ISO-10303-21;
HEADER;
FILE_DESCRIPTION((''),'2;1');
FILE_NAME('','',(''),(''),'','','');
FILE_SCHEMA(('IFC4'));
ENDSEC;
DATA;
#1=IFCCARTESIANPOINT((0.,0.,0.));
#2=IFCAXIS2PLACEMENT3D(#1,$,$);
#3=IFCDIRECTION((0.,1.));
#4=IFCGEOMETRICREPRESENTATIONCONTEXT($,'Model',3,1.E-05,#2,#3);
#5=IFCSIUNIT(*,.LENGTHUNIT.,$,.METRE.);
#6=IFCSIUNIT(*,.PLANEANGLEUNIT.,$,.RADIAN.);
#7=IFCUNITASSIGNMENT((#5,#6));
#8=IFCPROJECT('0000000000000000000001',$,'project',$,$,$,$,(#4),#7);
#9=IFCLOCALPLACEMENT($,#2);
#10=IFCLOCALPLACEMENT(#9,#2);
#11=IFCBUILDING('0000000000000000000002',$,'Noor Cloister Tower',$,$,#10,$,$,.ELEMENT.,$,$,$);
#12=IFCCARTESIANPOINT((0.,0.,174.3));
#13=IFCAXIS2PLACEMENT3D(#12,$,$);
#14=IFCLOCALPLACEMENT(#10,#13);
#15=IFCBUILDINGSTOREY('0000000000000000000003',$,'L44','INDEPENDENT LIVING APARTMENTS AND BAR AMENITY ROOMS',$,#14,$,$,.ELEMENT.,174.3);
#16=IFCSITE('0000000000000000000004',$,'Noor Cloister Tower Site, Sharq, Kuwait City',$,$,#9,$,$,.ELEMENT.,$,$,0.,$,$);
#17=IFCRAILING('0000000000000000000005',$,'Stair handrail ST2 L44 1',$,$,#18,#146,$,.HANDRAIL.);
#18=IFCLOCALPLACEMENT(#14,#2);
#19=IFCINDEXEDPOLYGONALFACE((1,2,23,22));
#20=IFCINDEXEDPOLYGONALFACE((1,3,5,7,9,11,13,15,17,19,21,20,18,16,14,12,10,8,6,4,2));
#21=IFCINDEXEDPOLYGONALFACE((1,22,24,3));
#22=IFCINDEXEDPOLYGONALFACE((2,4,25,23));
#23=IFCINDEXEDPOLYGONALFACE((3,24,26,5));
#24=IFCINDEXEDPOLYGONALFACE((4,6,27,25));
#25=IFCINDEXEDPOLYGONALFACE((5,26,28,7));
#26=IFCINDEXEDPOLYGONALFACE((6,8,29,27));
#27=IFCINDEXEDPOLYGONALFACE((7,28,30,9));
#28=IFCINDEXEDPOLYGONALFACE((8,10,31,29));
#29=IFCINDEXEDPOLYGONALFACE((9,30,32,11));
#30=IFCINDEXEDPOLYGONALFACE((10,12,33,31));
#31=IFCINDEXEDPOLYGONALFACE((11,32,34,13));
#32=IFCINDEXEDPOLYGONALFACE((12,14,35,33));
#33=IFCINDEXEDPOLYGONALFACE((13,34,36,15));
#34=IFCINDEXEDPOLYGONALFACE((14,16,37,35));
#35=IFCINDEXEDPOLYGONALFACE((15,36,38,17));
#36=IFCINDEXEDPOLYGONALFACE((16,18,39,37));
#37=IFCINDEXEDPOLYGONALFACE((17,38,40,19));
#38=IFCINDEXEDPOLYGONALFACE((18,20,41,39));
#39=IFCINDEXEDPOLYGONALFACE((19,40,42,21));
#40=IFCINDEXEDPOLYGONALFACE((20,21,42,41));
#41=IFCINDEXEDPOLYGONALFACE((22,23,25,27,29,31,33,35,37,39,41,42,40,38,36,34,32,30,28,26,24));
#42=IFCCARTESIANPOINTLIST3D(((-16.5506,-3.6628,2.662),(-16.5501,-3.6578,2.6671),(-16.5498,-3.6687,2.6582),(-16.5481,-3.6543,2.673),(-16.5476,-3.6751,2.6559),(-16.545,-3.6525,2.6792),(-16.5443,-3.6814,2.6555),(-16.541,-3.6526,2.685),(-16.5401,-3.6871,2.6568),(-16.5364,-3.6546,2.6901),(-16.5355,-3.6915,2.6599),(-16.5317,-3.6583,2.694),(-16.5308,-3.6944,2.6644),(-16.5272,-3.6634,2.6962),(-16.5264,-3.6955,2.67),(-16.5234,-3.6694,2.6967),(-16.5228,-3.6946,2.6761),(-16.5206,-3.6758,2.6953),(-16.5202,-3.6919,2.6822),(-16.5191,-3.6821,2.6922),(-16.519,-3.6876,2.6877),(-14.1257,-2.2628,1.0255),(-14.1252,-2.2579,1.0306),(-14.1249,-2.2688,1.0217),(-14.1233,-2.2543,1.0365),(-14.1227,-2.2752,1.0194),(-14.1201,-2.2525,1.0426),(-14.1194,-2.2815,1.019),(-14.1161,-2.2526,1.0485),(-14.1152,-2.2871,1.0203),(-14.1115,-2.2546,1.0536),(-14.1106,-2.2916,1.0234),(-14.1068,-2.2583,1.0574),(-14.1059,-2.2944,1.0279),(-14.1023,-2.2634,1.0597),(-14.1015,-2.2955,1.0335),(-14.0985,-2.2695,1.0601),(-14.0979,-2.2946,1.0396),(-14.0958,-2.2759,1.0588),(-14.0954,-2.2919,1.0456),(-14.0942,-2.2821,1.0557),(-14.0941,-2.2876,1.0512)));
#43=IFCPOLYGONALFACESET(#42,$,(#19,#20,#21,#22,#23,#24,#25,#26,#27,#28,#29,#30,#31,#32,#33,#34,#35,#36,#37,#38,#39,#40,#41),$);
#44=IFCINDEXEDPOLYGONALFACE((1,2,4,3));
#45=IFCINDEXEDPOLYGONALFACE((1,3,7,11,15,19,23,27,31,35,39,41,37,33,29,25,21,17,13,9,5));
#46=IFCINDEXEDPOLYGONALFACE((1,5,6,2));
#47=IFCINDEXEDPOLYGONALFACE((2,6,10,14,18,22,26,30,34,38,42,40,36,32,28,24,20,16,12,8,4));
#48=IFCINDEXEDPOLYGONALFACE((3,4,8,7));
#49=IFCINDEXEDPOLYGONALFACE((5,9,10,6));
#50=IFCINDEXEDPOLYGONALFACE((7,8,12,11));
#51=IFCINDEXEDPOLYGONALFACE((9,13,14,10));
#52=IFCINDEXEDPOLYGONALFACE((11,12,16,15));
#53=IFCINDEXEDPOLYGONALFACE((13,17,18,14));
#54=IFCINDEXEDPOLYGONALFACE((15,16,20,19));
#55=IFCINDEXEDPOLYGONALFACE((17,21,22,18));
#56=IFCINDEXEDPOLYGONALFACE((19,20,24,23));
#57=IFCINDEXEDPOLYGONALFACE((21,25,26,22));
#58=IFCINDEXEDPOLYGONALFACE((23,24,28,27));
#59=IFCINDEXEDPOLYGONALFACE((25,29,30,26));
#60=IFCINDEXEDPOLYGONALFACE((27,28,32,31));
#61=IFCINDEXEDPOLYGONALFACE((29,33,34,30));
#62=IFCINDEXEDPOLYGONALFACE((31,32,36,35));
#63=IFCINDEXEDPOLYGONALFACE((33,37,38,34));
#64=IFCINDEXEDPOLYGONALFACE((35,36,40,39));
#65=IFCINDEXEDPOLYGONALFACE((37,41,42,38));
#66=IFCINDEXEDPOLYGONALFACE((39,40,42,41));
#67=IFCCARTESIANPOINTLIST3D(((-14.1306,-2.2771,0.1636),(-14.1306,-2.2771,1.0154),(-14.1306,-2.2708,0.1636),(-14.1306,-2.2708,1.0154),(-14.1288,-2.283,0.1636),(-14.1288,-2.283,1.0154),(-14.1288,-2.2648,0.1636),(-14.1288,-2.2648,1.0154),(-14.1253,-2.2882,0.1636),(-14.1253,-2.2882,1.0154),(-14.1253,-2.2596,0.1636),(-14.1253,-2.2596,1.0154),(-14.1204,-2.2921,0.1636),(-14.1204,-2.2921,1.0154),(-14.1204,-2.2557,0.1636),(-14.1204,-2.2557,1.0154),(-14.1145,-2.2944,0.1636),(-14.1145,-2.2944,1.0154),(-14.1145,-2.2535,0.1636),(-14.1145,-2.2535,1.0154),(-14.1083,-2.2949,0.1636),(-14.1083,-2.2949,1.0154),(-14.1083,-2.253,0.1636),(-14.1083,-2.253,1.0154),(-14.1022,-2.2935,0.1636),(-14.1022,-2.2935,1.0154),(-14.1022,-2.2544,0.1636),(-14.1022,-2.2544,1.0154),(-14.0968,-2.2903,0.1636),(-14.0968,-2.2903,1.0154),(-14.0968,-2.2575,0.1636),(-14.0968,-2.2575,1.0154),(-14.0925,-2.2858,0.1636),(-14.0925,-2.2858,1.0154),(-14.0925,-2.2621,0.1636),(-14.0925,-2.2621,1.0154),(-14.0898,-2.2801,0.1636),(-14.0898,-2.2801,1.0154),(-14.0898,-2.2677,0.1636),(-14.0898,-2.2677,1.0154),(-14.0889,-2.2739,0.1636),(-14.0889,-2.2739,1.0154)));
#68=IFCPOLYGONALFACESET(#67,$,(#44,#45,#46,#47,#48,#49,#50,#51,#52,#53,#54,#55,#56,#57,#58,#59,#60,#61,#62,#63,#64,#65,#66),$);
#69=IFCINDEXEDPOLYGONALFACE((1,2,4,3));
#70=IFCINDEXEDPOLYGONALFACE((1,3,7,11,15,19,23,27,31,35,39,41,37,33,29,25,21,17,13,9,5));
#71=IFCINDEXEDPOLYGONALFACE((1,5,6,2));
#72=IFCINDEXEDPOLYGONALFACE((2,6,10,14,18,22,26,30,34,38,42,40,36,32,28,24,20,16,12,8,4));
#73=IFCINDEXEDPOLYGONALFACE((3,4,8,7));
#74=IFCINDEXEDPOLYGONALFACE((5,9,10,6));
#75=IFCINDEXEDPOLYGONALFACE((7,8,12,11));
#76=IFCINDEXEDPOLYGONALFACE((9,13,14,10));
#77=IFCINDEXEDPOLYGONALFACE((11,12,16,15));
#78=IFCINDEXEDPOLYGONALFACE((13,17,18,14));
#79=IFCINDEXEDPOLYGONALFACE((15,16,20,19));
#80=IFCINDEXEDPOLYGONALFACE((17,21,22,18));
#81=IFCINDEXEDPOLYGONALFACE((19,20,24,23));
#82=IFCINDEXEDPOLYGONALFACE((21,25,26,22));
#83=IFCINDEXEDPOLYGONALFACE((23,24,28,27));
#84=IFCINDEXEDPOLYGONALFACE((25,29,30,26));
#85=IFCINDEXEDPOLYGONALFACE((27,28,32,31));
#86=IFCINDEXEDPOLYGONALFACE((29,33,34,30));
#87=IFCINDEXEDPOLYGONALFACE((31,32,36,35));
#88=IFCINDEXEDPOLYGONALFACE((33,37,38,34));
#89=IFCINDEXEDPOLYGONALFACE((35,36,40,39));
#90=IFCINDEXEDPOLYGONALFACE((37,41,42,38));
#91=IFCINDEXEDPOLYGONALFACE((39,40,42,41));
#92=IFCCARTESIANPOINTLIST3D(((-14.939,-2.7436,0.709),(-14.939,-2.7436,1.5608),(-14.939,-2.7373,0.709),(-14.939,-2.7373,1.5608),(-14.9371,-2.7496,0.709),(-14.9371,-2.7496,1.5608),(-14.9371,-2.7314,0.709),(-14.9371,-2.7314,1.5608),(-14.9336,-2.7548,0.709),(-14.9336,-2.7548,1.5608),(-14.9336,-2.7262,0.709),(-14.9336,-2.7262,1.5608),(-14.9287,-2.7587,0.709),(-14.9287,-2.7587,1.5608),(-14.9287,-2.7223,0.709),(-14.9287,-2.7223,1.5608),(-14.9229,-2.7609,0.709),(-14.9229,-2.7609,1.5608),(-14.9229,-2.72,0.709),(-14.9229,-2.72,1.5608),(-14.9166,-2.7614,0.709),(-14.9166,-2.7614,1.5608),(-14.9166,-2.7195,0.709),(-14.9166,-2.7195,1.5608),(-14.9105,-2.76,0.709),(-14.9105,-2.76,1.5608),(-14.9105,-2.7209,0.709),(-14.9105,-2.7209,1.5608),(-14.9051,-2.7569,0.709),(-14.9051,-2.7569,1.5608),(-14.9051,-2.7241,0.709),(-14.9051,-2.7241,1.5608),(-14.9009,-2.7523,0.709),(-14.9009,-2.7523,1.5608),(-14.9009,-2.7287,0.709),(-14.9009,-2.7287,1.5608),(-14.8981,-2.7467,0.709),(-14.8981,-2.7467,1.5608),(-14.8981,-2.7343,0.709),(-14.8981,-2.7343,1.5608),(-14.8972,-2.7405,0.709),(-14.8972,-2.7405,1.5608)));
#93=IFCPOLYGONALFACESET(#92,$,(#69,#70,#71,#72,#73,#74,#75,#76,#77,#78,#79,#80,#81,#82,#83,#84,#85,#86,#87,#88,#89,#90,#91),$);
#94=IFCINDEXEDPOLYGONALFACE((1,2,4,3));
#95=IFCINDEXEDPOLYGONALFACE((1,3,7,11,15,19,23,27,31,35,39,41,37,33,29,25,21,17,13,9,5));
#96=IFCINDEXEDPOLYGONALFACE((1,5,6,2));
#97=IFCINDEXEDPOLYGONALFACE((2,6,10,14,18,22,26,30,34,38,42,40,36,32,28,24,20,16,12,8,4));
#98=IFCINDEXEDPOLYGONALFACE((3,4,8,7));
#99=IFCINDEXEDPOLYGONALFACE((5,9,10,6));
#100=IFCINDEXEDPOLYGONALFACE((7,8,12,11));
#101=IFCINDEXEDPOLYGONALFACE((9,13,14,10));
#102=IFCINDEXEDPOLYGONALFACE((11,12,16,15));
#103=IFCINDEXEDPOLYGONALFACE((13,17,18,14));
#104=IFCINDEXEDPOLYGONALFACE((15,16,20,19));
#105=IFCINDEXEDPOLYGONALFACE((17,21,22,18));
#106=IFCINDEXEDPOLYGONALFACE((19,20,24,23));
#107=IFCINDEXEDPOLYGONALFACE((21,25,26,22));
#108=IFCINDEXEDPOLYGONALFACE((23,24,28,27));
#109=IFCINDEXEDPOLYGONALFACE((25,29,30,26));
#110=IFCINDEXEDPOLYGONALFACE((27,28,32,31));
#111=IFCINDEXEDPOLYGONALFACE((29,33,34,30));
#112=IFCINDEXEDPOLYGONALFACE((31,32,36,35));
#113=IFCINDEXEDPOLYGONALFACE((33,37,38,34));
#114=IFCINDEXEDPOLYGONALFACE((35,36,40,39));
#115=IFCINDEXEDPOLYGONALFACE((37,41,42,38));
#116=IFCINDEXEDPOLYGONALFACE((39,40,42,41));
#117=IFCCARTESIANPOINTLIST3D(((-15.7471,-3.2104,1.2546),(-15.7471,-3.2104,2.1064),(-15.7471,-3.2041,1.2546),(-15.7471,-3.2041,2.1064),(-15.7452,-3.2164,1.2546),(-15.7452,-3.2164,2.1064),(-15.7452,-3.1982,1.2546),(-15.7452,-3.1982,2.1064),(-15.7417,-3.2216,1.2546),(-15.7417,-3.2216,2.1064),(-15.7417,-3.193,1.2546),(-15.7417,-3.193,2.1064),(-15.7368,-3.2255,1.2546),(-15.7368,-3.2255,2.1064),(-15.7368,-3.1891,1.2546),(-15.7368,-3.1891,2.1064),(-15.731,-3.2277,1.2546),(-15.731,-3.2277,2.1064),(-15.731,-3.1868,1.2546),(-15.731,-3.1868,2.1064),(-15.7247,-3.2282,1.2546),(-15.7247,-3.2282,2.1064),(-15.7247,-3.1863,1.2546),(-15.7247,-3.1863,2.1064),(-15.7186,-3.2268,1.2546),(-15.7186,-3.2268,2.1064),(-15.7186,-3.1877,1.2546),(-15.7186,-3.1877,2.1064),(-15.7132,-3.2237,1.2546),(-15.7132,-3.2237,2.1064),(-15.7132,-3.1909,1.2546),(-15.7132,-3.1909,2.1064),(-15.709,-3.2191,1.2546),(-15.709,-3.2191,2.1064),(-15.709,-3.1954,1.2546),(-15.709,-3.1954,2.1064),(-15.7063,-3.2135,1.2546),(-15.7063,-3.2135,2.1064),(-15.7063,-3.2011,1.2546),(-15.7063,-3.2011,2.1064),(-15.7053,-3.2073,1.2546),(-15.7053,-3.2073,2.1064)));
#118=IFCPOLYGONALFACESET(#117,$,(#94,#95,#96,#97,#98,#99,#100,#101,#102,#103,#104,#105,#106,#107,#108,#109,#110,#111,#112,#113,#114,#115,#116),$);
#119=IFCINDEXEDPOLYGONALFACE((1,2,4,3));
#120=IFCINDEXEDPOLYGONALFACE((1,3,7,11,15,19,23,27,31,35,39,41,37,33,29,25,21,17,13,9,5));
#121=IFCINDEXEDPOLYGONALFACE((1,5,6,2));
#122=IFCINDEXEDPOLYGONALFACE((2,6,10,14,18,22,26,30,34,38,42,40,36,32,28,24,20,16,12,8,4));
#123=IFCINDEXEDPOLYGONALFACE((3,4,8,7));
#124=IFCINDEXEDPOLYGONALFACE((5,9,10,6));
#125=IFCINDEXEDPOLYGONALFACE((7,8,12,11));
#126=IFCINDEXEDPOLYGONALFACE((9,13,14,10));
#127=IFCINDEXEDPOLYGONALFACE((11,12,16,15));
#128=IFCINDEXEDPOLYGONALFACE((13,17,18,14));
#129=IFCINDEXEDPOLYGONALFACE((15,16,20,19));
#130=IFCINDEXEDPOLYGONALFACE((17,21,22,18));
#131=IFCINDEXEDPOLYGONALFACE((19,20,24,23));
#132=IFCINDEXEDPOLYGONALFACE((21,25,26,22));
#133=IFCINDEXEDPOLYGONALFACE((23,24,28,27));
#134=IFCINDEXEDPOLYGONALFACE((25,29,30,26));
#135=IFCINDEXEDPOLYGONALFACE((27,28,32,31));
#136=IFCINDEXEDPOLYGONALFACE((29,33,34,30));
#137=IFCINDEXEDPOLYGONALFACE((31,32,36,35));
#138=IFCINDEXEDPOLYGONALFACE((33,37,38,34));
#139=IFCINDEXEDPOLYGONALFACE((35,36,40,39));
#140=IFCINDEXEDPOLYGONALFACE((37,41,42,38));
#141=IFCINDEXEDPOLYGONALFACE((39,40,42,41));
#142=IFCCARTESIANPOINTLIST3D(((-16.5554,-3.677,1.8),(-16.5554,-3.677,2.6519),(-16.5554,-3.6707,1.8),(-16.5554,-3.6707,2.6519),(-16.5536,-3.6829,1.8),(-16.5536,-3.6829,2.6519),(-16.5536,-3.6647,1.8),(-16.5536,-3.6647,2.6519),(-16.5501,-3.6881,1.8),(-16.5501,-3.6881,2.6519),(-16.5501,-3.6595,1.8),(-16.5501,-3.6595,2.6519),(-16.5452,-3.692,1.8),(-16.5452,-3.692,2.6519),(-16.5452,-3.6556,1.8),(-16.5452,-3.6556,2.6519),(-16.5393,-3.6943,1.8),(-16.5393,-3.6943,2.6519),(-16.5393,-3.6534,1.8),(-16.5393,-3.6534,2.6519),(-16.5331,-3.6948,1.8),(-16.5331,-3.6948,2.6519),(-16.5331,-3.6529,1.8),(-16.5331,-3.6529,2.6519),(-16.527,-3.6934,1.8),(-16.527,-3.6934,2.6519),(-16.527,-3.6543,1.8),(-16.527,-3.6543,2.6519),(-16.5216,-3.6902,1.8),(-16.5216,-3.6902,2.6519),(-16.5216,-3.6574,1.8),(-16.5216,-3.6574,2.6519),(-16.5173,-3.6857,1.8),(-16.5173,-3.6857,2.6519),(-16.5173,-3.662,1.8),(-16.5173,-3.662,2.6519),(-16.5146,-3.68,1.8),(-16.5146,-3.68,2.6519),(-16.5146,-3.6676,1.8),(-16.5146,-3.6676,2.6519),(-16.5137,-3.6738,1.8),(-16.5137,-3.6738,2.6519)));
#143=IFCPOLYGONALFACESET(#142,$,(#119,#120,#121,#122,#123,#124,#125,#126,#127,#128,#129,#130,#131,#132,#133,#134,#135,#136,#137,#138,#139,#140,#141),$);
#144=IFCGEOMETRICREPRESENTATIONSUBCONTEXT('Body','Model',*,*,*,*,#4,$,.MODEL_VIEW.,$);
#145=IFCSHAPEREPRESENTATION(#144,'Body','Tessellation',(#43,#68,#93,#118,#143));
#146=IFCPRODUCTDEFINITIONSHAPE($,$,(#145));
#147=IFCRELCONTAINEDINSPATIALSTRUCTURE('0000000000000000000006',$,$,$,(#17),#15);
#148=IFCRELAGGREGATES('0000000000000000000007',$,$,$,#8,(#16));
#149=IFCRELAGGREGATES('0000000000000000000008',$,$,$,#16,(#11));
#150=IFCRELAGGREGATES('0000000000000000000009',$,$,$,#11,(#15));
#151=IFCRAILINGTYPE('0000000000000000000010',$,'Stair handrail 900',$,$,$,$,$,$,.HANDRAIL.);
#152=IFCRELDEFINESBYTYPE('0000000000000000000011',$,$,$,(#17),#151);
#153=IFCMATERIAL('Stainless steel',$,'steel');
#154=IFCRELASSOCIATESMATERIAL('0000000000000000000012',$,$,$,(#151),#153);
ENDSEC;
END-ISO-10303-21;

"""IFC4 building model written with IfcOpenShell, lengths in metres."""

from ifc_helpers import new_model, si_unit, direction, frame, origin, origin_2d, place, context, subcontext, project, spatial, circle, extrude, material, type_object, element, save


model = new_model("IFC4")

# Units and contexts
model_context = context("Model", 3, precision=1e-05, world=origin(), true_north=direction((0.0, 1.0)))
body_context = subcontext(model_context, "Body", "Model", "MODEL_VIEW")
ifc_project = project(units=[si_unit("LENGTHUNIT", "METRE"), si_unit("PLANEANGLEUNIT", "RADIAN")], contexts=[model_context])

# Site, building, storey
site_placement = place(None, origin())
site = spatial("IfcSite", under=ifc_project, at=site_placement, Name="Noor Cloister Tower Site, Sharq, Kuwait City", CompositionType="ELEMENT", RefElevation=0.0)
building_placement = place(site_placement, origin())
building = spatial("IfcBuilding", under=site, at=building_placement, Name="Noor Cloister Tower", CompositionType="ELEMENT")
storey_placement = place(building_placement, frame((0.0, 0.0, 174.3)))
storey = spatial("IfcBuildingStorey", under=building, at=storey_placement, Name="L44", Description="INDEPENDENT LIVING APARTMENTS AND BAR AMENITY ROOMS", CompositionType="ELEMENT", Elevation=174.3)

# Railing
ifc_material_1 = material(Name="Stainless steel", Category="steel")
railing_type_1 = type_object("IfcRailingType", Name="Stair handrail 900", PredefinedType="HANDRAIL", material=ifc_material_1)
railing_1_placement = place(storey_placement, frame((-14.1099, -2.2739, 0.1636)))
element("IfcRailing", 1, at=railing_1_placement, inside=storey, type_object=railing_type_1, Name="Stair handrail ST2 L44 1", PredefinedType="HANDRAIL", context=body_context, shape_type="SweptSolid", body=[
    extrude(circle(Radius=0.0239, at=origin_2d()), frame((0.0, 0.0, 0.876), z_axis=(-0.74769, -0.431661, 0.504608), x_axis=(0.499984, -0.866035, 0.0)), (0.0, 0.0, 1.0), 3.2432),
    extrude(circle(Radius=0.021, at=origin_2d()), origin(), (0.0, 0.0, 1.0), 0.8518),
    extrude(circle(Radius=0.021, at=origin_2d()), frame((-0.8083, -0.4666, 0.5454)), (0.0, 0.0, 1.0), 0.8518),
    extrude(circle(Radius=0.021, at=origin_2d()), frame((-1.6165, -0.9333, 1.0911)), (0.0, 0.0, 1.0), 0.8518),
    extrude(circle(Radius=0.021, at=origin_2d()), frame((-2.4248, -1.3999, 1.6365)), (0.0, 0.0, 1.0), 0.8518),
])

save(model, "model.ifc")
